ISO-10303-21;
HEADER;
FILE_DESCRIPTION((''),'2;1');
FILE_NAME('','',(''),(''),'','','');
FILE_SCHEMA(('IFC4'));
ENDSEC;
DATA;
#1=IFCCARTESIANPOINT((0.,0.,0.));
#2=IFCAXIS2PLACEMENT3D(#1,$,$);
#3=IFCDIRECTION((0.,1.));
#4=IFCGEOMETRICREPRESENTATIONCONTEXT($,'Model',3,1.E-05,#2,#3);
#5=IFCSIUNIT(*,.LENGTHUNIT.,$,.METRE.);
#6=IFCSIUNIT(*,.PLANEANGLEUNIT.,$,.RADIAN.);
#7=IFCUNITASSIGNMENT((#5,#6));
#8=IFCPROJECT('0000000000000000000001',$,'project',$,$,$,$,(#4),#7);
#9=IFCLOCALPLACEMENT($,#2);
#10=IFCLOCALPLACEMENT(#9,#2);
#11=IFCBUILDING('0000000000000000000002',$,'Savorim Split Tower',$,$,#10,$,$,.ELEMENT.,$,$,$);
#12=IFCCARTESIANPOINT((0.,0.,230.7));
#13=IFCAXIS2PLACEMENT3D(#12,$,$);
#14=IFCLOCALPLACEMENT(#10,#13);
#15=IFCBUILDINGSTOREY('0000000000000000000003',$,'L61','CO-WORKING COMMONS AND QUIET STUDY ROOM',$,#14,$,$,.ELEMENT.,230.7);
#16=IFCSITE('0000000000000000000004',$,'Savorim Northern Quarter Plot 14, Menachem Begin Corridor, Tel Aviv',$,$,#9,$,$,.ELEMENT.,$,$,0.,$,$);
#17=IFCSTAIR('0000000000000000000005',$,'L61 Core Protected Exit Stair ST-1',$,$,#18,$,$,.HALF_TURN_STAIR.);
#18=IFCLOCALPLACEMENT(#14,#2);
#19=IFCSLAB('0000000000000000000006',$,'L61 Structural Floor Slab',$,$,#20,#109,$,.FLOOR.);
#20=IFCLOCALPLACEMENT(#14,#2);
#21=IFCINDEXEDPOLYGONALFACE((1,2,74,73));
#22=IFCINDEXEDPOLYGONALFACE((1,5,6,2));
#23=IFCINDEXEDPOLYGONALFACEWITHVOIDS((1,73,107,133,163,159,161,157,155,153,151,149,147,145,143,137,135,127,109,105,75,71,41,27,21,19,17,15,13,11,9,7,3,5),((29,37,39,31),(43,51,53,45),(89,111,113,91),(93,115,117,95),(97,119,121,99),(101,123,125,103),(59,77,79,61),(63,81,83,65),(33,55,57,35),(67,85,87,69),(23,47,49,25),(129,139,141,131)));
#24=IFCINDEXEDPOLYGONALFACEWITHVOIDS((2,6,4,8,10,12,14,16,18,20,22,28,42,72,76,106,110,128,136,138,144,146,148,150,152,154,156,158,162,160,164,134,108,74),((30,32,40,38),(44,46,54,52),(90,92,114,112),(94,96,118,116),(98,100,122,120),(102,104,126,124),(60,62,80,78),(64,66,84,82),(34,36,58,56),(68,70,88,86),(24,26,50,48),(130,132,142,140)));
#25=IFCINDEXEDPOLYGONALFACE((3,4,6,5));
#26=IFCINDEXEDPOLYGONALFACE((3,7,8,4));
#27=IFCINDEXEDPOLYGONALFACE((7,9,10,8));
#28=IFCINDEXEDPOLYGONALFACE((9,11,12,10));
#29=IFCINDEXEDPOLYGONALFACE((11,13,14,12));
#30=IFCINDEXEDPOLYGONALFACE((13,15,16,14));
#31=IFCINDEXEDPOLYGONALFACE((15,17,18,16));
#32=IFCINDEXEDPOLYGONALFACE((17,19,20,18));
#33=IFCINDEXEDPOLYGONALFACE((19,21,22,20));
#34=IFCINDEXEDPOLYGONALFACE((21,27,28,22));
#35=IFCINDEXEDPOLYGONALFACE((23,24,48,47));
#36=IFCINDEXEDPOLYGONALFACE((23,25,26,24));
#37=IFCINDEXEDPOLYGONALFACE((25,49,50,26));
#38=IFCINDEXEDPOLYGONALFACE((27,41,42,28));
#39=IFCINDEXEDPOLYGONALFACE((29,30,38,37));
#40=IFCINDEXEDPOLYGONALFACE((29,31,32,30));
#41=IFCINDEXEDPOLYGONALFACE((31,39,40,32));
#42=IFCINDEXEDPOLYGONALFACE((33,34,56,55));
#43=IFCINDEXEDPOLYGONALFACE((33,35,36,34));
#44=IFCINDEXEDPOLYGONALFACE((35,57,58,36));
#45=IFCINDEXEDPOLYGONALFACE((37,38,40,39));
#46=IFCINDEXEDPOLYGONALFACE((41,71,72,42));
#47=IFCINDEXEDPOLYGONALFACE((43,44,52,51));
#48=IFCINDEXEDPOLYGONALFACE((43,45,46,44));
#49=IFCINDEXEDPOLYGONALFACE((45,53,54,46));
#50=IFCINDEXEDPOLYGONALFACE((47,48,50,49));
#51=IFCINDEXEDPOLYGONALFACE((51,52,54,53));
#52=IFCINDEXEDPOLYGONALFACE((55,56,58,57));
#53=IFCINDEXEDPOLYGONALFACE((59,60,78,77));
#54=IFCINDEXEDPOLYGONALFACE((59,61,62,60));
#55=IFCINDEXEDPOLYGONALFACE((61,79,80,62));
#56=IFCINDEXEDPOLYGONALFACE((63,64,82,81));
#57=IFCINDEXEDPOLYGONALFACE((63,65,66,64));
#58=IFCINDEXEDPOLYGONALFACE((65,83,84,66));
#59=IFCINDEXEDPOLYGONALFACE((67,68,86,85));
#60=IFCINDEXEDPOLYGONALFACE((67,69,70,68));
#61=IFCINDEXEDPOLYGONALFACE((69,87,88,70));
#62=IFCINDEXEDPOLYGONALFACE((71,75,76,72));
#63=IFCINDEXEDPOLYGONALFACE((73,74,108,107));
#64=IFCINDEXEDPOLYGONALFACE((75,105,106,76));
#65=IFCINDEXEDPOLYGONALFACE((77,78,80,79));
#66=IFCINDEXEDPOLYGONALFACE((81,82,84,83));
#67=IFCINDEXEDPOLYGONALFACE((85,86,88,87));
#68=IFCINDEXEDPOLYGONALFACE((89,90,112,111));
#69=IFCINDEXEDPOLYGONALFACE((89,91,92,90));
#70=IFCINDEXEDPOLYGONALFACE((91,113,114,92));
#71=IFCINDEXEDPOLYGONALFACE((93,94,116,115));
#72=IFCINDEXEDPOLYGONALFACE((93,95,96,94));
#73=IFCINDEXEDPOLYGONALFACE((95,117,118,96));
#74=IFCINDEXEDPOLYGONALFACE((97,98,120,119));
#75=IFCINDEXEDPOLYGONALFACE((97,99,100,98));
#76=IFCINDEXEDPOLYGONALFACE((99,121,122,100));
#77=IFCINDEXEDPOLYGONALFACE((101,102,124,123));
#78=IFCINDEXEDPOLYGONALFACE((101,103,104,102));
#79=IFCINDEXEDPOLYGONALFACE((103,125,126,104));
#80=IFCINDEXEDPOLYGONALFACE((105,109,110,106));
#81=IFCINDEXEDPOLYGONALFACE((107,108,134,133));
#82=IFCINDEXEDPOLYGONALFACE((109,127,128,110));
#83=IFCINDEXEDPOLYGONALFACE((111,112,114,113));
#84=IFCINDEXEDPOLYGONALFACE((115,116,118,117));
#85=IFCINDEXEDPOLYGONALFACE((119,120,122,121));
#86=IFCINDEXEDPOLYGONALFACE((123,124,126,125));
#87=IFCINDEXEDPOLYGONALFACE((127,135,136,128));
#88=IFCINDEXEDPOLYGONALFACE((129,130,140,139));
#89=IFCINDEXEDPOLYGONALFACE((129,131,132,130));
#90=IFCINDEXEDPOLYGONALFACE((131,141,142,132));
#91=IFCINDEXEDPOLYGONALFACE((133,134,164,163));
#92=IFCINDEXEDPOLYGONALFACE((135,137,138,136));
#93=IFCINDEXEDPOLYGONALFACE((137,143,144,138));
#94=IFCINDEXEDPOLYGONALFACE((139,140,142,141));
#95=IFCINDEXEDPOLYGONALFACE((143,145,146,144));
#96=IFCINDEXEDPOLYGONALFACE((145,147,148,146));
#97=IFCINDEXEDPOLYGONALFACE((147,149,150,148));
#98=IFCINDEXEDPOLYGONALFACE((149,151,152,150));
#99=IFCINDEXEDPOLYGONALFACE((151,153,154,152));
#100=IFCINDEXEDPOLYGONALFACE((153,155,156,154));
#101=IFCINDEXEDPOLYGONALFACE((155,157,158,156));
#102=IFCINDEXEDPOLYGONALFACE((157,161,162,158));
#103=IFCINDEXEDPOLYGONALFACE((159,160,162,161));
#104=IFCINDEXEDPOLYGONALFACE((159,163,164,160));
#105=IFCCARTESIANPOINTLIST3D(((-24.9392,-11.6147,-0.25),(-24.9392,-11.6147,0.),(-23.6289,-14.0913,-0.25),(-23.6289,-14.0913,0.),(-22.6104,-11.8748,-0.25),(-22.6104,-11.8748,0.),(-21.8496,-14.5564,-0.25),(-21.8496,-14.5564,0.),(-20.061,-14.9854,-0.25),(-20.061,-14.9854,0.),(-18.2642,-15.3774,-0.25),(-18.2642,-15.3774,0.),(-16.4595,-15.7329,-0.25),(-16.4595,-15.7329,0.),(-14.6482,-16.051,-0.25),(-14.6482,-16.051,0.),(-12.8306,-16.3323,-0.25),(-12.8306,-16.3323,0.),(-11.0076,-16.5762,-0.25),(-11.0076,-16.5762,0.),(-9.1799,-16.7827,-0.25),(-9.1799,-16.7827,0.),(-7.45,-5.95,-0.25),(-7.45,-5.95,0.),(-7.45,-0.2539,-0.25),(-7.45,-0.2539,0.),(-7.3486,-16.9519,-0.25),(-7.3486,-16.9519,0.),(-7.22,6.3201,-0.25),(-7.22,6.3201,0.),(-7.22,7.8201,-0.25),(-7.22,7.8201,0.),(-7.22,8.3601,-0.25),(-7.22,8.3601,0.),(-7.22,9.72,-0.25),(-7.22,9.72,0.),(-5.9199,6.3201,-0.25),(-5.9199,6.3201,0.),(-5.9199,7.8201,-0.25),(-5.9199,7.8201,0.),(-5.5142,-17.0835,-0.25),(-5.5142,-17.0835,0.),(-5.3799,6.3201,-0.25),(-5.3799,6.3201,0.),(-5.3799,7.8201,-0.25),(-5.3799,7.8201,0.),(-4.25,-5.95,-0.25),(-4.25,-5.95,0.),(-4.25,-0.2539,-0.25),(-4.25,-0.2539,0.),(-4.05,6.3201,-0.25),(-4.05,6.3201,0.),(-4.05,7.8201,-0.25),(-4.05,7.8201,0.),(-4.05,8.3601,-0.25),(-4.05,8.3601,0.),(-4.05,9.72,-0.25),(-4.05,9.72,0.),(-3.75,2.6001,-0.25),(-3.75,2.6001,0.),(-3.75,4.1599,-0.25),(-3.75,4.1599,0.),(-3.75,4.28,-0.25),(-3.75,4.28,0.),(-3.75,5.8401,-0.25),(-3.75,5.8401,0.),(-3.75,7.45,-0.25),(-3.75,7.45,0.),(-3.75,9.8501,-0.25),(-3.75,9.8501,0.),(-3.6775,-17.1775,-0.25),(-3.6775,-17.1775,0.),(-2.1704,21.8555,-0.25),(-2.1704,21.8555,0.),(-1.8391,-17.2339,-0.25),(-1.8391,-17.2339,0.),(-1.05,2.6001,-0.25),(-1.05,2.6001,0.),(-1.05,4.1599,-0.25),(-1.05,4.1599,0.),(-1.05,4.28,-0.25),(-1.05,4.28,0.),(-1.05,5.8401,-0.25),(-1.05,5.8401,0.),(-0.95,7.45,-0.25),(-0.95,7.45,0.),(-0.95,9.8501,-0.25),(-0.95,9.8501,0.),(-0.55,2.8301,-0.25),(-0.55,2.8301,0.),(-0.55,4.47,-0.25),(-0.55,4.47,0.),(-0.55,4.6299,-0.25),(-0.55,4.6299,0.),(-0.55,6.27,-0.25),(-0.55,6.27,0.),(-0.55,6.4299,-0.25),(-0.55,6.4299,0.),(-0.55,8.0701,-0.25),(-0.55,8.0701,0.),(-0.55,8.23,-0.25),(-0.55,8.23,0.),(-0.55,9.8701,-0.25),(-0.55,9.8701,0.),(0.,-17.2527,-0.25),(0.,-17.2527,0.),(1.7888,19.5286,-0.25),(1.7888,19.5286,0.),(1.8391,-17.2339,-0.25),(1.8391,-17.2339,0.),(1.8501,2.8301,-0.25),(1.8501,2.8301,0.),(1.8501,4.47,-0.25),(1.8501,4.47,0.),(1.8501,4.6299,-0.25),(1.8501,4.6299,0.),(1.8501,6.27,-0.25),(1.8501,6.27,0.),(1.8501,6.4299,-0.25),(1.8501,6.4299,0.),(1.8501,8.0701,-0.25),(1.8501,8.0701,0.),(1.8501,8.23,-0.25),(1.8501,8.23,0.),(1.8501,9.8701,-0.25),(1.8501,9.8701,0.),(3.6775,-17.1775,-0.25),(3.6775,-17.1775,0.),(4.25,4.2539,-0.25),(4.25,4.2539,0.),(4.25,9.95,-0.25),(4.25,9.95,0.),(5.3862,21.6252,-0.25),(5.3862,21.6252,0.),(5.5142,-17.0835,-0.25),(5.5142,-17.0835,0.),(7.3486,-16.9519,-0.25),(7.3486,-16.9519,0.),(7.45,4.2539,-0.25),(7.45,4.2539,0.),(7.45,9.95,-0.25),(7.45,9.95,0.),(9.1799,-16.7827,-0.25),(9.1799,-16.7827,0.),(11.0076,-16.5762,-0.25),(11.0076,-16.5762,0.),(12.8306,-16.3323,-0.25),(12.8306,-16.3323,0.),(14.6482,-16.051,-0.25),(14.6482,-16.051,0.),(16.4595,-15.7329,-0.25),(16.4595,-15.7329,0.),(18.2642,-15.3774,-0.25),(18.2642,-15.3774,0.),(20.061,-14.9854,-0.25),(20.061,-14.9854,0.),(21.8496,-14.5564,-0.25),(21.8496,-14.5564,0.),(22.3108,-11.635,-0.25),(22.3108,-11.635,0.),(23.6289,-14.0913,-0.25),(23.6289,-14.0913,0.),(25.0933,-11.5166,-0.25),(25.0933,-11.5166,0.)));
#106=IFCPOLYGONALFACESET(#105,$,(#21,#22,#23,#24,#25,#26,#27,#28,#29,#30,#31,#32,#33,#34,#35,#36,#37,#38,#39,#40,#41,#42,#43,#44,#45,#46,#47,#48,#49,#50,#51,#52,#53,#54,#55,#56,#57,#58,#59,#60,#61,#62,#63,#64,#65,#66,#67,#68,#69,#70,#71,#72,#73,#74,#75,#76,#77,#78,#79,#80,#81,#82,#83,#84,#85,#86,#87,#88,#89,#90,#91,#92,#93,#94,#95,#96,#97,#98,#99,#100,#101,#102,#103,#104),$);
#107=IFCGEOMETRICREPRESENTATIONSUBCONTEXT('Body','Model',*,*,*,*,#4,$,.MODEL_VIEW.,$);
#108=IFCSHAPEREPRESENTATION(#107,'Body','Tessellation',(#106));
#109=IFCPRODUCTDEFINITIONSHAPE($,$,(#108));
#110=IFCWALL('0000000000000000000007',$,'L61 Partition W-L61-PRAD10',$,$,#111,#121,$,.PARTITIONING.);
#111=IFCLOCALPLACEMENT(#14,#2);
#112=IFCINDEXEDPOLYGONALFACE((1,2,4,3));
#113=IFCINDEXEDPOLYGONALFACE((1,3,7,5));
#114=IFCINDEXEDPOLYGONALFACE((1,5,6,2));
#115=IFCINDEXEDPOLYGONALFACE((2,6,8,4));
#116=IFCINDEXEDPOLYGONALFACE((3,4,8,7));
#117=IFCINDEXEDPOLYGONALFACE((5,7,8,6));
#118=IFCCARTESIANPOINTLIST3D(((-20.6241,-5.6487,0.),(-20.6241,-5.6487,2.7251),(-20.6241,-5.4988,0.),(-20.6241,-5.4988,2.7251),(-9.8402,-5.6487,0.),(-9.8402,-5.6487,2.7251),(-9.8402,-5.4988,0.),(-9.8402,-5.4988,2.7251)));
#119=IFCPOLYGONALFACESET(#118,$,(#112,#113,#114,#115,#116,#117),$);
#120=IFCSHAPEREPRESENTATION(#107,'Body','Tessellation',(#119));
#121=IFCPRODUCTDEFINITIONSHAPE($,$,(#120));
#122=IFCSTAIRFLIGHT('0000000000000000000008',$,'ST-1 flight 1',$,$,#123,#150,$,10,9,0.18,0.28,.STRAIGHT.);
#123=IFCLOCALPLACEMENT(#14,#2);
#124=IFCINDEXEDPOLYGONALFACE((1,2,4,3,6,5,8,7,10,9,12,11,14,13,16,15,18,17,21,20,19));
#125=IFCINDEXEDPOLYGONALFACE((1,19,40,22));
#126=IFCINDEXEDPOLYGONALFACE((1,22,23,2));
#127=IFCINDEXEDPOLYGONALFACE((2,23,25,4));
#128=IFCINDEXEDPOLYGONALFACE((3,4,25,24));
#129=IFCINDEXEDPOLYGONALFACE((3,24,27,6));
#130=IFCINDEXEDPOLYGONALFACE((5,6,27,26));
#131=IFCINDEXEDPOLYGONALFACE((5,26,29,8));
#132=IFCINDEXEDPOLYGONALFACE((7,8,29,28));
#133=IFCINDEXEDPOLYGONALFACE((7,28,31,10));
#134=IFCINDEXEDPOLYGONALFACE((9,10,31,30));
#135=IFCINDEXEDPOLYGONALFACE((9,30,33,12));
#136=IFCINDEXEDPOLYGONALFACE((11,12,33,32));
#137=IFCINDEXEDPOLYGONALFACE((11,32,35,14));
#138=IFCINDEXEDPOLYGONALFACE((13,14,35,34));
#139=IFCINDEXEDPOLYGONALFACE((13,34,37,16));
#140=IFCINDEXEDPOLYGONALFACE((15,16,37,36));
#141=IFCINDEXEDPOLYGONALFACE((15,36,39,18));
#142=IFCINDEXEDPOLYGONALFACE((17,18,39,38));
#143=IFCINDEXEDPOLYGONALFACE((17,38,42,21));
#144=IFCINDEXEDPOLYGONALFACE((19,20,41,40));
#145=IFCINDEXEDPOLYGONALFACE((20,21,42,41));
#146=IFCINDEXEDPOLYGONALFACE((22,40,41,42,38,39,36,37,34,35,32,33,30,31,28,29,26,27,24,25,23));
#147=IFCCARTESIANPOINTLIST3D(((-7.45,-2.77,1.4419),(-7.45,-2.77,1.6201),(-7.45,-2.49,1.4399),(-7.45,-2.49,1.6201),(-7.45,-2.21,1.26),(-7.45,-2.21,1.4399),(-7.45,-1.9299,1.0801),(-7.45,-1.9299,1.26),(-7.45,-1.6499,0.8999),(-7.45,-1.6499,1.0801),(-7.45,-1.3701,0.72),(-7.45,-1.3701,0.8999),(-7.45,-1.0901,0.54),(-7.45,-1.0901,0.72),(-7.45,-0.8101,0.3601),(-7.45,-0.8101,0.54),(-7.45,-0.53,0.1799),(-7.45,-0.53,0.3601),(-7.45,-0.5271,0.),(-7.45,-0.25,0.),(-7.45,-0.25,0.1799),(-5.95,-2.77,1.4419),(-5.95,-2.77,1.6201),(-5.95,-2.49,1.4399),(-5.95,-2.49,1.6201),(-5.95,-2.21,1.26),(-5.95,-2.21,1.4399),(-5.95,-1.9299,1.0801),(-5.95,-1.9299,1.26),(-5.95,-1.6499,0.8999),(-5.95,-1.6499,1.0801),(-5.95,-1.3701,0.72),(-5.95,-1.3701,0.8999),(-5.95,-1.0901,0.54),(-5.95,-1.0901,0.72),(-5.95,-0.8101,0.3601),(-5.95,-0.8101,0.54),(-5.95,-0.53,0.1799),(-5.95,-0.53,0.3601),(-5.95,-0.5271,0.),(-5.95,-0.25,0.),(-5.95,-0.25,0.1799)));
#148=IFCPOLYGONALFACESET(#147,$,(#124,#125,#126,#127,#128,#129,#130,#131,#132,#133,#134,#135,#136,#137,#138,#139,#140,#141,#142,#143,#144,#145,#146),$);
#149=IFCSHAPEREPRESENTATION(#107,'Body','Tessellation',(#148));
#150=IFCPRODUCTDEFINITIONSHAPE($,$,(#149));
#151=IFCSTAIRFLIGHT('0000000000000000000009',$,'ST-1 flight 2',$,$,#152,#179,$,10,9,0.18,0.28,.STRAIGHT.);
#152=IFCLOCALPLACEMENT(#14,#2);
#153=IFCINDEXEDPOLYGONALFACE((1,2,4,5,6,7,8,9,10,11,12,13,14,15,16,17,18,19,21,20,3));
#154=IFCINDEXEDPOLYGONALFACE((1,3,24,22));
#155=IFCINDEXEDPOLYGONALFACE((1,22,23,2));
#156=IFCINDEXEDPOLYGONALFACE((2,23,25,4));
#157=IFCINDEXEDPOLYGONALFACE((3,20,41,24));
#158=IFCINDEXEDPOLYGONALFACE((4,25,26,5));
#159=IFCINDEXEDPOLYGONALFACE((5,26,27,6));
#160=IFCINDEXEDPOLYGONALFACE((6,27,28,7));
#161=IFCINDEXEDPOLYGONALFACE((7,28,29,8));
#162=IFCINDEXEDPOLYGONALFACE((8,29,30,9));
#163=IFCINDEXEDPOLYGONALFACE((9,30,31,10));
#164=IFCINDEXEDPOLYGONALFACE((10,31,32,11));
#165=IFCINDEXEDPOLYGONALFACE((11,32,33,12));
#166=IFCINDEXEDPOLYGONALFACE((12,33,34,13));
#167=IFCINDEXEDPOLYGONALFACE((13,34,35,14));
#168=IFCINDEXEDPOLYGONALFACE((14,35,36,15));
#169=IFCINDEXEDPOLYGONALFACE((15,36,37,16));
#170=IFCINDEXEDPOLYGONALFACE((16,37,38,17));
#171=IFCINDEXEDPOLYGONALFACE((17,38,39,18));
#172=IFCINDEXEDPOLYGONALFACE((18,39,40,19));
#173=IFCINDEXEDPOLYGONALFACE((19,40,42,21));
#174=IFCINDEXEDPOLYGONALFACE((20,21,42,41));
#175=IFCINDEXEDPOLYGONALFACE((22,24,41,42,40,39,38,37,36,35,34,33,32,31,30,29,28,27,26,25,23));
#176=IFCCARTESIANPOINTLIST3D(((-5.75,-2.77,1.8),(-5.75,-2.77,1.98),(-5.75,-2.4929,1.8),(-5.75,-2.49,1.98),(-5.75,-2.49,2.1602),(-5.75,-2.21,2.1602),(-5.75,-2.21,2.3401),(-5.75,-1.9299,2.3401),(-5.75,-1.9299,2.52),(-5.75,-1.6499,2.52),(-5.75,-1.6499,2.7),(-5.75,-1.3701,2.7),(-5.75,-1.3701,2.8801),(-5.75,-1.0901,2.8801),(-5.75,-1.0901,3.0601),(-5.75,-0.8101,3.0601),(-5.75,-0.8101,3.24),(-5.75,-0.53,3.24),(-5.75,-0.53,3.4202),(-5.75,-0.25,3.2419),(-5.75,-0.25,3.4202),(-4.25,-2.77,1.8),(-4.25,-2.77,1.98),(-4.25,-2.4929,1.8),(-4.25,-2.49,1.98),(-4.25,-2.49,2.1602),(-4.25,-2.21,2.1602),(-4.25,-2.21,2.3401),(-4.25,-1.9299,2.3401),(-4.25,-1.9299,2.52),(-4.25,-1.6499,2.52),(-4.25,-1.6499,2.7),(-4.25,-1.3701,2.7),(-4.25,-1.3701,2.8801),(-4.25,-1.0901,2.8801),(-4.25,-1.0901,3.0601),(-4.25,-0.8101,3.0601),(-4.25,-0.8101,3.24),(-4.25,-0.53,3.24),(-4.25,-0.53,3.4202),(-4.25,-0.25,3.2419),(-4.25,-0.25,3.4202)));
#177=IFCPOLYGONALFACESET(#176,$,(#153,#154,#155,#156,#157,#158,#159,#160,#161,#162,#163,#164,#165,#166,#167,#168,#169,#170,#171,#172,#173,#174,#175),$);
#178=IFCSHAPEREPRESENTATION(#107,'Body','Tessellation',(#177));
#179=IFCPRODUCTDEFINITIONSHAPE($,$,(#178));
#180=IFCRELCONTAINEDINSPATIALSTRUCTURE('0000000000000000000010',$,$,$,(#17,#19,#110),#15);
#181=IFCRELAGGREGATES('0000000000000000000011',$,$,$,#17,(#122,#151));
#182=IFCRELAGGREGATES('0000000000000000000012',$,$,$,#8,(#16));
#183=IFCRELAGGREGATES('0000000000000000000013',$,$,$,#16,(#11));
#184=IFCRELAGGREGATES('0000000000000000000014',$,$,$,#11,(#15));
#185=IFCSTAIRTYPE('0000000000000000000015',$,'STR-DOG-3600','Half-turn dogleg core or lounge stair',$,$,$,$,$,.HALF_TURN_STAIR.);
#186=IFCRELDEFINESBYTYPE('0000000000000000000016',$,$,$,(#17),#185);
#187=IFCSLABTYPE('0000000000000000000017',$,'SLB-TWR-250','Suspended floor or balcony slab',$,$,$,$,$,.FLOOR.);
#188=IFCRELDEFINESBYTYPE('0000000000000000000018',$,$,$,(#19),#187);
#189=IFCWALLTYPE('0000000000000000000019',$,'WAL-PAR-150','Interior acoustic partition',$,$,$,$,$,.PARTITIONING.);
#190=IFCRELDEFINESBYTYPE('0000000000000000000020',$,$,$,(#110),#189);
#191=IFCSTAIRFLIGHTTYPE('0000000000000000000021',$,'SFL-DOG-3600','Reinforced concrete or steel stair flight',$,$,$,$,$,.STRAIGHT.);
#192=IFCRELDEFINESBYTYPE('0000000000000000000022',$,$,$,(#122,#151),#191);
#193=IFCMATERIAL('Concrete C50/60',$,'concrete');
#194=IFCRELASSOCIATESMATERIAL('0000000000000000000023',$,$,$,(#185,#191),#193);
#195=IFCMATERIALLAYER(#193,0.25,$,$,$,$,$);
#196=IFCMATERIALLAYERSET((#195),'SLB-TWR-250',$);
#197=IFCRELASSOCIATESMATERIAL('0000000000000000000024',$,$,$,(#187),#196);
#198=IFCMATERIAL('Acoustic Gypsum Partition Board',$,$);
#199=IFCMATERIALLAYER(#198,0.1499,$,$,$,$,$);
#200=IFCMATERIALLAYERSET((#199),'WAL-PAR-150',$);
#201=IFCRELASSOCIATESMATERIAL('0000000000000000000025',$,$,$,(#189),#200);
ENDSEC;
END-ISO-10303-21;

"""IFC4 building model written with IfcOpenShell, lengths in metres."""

from ifc_helpers import new_model, si_unit, direction, frame, frame_2d, origin, place, context, subcontext, project, spatial, polyline, rectangle, outline, extrude, material, layer, layer_set, type_object, element, aggregate, save


model = new_model("IFC4")

# Units and contexts
model_context = context("Model", 3, precision=1e-05, world=origin(), true_north=direction((0.0, 1.0)))
body_context = subcontext(model_context, "Body", "Model", "MODEL_VIEW")
ifc_project = project(units=[si_unit("LENGTHUNIT", "METRE"), si_unit("PLANEANGLEUNIT", "RADIAN")], contexts=[model_context])

# Site, building, storey
site_placement = place(None, origin())
site = spatial("IfcSite", under=ifc_project, at=site_placement, Name="Savorim Northern Quarter Plot 14, Menachem Begin Corridor, Tel Aviv", CompositionType="ELEMENT", RefElevation=0.0)
building_placement = place(site_placement, origin())
building = spatial("IfcBuilding", under=site, at=building_placement, Name="Savorim Split Tower", CompositionType="ELEMENT")
storey_placement = place(building_placement, frame((0.0, 0.0, 230.7)))
storey = spatial("IfcBuildingStorey", under=building, at=storey_placement, Name="L61", Description="CO-WORKING COMMONS AND QUIET STUDY ROOM", CompositionType="ELEMENT", Elevation=230.7)

# Shared definitions
ifc_material_1 = material(Name="Concrete C50/60", Category="concrete")

# Stair
stair_type = type_object("IfcStairType", Name="STR-DOG-3600", Description="Half-turn dogleg core or lounge stair", PredefinedType="HALF_TURN_STAIR", material=ifc_material_1)
stair_1_placement = place(storey_placement, origin())
stair_1 = element("IfcStair", 1, at=stair_1_placement, inside=storey, type_object=stair_type, Name="L61 Core Protected Exit Stair ST-1", PredefinedType="HALF_TURN_STAIR")

# Slab
ifc_layer_1 = layer(ifc_material_1, 0.25)
ifc_layer_set_1 = layer_set([ifc_layer_1], Name="SLB-TWR-250")
slab_type_1 = type_object("IfcSlabType", Name="SLB-TWR-250", Description="Suspended floor or balcony slab", PredefinedType="FLOOR", material=ifc_layer_set_1)
slab_1_placement = place(storey_placement, frame((0.0, 0.0, -0.25)))
element("IfcSlab", 2, at=slab_1_placement, inside=storey, type_object=slab_type_1, Name="L61 Structural Floor Slab", PredefinedType="FLOOR", context=body_context, shape_type="SweptSolid", body=[
    extrude(outline(polyline([(-23.6289, -14.0913), (-21.8496, -14.5564), (-20.061, -14.9854), (-18.2642, -15.3774), (-16.4595, -15.7329), (-14.6482, -16.051), (-12.8306, -16.3323), (-11.0076, -16.5762), (-9.1799, -16.7827), (-7.3486, -16.9519), (-5.5142, -17.0835), (-3.6775, -17.1775), (-1.8391, -17.2339), (0.0, -17.2527), (1.8391, -17.2339), (3.6775, -17.1775), (5.5142, -17.0835), (7.3486, -16.9519), (9.1799, -16.7827), (11.0076, -16.5762), (12.8306, -16.3323), (14.6482, -16.051), (16.4595, -15.7329), (18.2642, -15.3774), (20.061, -14.9854), (21.8496, -14.5564), (23.6289, -14.0913), (22.3108, -11.635), (25.0933, -11.5166), (5.3862, 21.6252), (1.7888, 19.5286), (-2.1704, 21.8555), (-24.9392, -11.6147), (-22.6104, -11.8748), (-23.6289, -14.0913)]), holes=[polyline([(-7.45, -0.2539), (-7.45, -5.95), (-4.25, -5.95), (-4.25, -0.2539), (-7.45, -0.2539)]), polyline([(7.45, 4.2539), (7.45, 9.95), (4.25, 9.95), (4.25, 4.2539), (7.45, 4.2539)]), polyline([(-0.55, 2.8301), (1.8501, 2.8301), (1.8501, 4.47), (-0.55, 4.47), (-0.55, 2.8301)]), polyline([(-0.55, 4.6299), (1.8501, 4.6299), (1.8501, 6.27), (-0.55, 6.27), (-0.55, 4.6299)]), polyline([(-0.55, 6.4299), (1.8501, 6.4299), (1.8501, 8.0701), (-0.55, 8.0701), (-0.55, 6.4299)]), polyline([(-0.55, 8.23), (1.8501, 8.23), (1.8501, 9.8701), (-0.55, 9.8701), (-0.55, 8.23)]), polyline([(-3.75, 2.6001), (-1.05, 2.6001), (-1.05, 4.1599), (-3.75, 4.1599), (-3.75, 2.6001)]), polyline([(-3.75, 4.28), (-1.05, 4.28), (-1.05, 5.8401), (-3.75, 5.8401), (-3.75, 4.28)]), polyline([(-3.75, 7.45), (-0.95, 7.45), (-0.95, 9.8501), (-3.75, 9.8501), (-3.75, 7.45)]), polyline([(-7.22, 6.3201), (-5.9199, 6.3201), (-5.9199, 7.8201), (-7.22, 7.8201), (-7.22, 6.3201)]), polyline([(-5.3799, 6.3201), (-4.05, 6.3201), (-4.05, 7.8201), (-5.3799, 7.8201), (-5.3799, 6.3201)]), polyline([(-7.22, 8.3601), (-4.05, 8.3601), (-4.05, 9.72), (-7.22, 9.72), (-7.22, 8.3601)])]), origin(), (0.0, 0.0, 1.0), 0.25),
])

# Wall
ifc_material_2 = material(Name="Acoustic Gypsum Partition Board")
ifc_layer_2 = layer(ifc_material_2, 0.1499)
ifc_layer_set_2 = layer_set([ifc_layer_2], Name="WAL-PAR-150")
wall_type = type_object("IfcWallType", Name="WAL-PAR-150", Description="Interior acoustic partition", PredefinedType="PARTITIONING", material=ifc_layer_set_2)
wall_placement = place(storey_placement, frame((-9.8401, -5.5737, 0.0), z_axis=(0.0, 0.0, 1.0), x_axis=(-1.0, 0.0, 0.0)))
element("IfcWall", 3, at=wall_placement, inside=storey, type_object=wall_type, Name="L61 Partition W-L61-PRAD10", PredefinedType="PARTITIONING", context=body_context, shape_type="SweptSolid", body=[
    extrude(rectangle(XDim=10.7839, YDim=0.1499, at=frame_2d((5.3921, 0.0))), origin(), (0.0, 0.0, 1.0), 2.7251),
])

# Stair flights
stair_flight_type = type_object("IfcStairFlightType", Name="SFL-DOG-3600", Description="Reinforced concrete or steel stair flight", PredefinedType="STRAIGHT", material=ifc_material_1)
stair_flight_1_placement = place(storey_placement, frame((-6.7, -0.25, 0.0), z_axis=(0.0, 0.0, 1.0), x_axis=(0.0, -1.0, 0.0)))
stair_flight_1 = element("IfcStairFlight", 4, at=stair_flight_1_placement, type_object=stair_flight_type, Name="ST-1 flight 1", NumberOfRisers=10, NumberOfTreads=9, PredefinedType="STRAIGHT", RiserHeight=0.18, TreadLength=0.28, context=body_context, shape_type="SweptSolid", body=[
    extrude(outline(polyline([(0.0, 0.0), (0.0, 0.1799), (0.28, 0.1799), (0.28, 0.3601), (0.5601, 0.3601), (0.5601, 0.54), (0.8401, 0.54), (0.8401, 0.72), (1.1201, 0.72), (1.1201, 0.8999), (1.3999, 0.8999), (1.3999, 1.0801), (1.6799, 1.0801), (1.6799, 1.26), (1.96, 1.26), (1.96, 1.4399), (2.24, 1.4399), (2.24, 1.6201), (2.52, 1.6201), (2.52, 1.8), (2.52, 1.4419), (0.2771, 0.0), (0.0, 0.0)])), frame((0.0, 0.75, 0.0), z_axis=(0.0, -1.0, 0.0), x_axis=(1.0, 0.0, 0.0)), (0.0, 0.0, 1.0), 1.5),
])
stair_flight_2_placement = place(storey_placement, frame((-5.0, -2.77, 1.8), z_axis=(0.0, 0.0, 1.0), x_axis=(0.0, 1.0, 0.0)))
stair_flight_2 = element("IfcStairFlight", 5, at=stair_flight_2_placement, type_object=stair_flight_type, Name="ST-1 flight 2", NumberOfRisers=10, NumberOfTreads=9, PredefinedType="STRAIGHT", RiserHeight=0.18, TreadLength=0.28, context=body_context, shape_type="SweptSolid", body=[
    extrude(outline(polyline([(0.0, 0.0), (0.0, 0.1799), (0.28, 0.1799), (0.28, 0.3601), (0.5601, 0.3601), (0.5601, 0.54), (0.8401, 0.54), (0.8401, 0.72), (1.1201, 0.72), (1.1201, 0.8999), (1.3999, 0.8999), (1.3999, 1.0801), (1.6799, 1.0801), (1.6799, 1.26), (1.96, 1.26), (1.96, 1.4399), (2.24, 1.4399), (2.24, 1.6201), (2.52, 1.6201), (2.52, 1.8), (2.52, 1.4419), (0.2771, 0.0), (0.0, 0.0)])), frame((0.0, 0.75, 0.0), z_axis=(0.0, -1.0, 0.0), x_axis=(1.0, 0.0, 0.0)), (0.0, 0.0, 1.0), 1.5),
])
aggregate(stair_1, [stair_flight_1, stair_flight_2])

save(model, "model.ifc")
